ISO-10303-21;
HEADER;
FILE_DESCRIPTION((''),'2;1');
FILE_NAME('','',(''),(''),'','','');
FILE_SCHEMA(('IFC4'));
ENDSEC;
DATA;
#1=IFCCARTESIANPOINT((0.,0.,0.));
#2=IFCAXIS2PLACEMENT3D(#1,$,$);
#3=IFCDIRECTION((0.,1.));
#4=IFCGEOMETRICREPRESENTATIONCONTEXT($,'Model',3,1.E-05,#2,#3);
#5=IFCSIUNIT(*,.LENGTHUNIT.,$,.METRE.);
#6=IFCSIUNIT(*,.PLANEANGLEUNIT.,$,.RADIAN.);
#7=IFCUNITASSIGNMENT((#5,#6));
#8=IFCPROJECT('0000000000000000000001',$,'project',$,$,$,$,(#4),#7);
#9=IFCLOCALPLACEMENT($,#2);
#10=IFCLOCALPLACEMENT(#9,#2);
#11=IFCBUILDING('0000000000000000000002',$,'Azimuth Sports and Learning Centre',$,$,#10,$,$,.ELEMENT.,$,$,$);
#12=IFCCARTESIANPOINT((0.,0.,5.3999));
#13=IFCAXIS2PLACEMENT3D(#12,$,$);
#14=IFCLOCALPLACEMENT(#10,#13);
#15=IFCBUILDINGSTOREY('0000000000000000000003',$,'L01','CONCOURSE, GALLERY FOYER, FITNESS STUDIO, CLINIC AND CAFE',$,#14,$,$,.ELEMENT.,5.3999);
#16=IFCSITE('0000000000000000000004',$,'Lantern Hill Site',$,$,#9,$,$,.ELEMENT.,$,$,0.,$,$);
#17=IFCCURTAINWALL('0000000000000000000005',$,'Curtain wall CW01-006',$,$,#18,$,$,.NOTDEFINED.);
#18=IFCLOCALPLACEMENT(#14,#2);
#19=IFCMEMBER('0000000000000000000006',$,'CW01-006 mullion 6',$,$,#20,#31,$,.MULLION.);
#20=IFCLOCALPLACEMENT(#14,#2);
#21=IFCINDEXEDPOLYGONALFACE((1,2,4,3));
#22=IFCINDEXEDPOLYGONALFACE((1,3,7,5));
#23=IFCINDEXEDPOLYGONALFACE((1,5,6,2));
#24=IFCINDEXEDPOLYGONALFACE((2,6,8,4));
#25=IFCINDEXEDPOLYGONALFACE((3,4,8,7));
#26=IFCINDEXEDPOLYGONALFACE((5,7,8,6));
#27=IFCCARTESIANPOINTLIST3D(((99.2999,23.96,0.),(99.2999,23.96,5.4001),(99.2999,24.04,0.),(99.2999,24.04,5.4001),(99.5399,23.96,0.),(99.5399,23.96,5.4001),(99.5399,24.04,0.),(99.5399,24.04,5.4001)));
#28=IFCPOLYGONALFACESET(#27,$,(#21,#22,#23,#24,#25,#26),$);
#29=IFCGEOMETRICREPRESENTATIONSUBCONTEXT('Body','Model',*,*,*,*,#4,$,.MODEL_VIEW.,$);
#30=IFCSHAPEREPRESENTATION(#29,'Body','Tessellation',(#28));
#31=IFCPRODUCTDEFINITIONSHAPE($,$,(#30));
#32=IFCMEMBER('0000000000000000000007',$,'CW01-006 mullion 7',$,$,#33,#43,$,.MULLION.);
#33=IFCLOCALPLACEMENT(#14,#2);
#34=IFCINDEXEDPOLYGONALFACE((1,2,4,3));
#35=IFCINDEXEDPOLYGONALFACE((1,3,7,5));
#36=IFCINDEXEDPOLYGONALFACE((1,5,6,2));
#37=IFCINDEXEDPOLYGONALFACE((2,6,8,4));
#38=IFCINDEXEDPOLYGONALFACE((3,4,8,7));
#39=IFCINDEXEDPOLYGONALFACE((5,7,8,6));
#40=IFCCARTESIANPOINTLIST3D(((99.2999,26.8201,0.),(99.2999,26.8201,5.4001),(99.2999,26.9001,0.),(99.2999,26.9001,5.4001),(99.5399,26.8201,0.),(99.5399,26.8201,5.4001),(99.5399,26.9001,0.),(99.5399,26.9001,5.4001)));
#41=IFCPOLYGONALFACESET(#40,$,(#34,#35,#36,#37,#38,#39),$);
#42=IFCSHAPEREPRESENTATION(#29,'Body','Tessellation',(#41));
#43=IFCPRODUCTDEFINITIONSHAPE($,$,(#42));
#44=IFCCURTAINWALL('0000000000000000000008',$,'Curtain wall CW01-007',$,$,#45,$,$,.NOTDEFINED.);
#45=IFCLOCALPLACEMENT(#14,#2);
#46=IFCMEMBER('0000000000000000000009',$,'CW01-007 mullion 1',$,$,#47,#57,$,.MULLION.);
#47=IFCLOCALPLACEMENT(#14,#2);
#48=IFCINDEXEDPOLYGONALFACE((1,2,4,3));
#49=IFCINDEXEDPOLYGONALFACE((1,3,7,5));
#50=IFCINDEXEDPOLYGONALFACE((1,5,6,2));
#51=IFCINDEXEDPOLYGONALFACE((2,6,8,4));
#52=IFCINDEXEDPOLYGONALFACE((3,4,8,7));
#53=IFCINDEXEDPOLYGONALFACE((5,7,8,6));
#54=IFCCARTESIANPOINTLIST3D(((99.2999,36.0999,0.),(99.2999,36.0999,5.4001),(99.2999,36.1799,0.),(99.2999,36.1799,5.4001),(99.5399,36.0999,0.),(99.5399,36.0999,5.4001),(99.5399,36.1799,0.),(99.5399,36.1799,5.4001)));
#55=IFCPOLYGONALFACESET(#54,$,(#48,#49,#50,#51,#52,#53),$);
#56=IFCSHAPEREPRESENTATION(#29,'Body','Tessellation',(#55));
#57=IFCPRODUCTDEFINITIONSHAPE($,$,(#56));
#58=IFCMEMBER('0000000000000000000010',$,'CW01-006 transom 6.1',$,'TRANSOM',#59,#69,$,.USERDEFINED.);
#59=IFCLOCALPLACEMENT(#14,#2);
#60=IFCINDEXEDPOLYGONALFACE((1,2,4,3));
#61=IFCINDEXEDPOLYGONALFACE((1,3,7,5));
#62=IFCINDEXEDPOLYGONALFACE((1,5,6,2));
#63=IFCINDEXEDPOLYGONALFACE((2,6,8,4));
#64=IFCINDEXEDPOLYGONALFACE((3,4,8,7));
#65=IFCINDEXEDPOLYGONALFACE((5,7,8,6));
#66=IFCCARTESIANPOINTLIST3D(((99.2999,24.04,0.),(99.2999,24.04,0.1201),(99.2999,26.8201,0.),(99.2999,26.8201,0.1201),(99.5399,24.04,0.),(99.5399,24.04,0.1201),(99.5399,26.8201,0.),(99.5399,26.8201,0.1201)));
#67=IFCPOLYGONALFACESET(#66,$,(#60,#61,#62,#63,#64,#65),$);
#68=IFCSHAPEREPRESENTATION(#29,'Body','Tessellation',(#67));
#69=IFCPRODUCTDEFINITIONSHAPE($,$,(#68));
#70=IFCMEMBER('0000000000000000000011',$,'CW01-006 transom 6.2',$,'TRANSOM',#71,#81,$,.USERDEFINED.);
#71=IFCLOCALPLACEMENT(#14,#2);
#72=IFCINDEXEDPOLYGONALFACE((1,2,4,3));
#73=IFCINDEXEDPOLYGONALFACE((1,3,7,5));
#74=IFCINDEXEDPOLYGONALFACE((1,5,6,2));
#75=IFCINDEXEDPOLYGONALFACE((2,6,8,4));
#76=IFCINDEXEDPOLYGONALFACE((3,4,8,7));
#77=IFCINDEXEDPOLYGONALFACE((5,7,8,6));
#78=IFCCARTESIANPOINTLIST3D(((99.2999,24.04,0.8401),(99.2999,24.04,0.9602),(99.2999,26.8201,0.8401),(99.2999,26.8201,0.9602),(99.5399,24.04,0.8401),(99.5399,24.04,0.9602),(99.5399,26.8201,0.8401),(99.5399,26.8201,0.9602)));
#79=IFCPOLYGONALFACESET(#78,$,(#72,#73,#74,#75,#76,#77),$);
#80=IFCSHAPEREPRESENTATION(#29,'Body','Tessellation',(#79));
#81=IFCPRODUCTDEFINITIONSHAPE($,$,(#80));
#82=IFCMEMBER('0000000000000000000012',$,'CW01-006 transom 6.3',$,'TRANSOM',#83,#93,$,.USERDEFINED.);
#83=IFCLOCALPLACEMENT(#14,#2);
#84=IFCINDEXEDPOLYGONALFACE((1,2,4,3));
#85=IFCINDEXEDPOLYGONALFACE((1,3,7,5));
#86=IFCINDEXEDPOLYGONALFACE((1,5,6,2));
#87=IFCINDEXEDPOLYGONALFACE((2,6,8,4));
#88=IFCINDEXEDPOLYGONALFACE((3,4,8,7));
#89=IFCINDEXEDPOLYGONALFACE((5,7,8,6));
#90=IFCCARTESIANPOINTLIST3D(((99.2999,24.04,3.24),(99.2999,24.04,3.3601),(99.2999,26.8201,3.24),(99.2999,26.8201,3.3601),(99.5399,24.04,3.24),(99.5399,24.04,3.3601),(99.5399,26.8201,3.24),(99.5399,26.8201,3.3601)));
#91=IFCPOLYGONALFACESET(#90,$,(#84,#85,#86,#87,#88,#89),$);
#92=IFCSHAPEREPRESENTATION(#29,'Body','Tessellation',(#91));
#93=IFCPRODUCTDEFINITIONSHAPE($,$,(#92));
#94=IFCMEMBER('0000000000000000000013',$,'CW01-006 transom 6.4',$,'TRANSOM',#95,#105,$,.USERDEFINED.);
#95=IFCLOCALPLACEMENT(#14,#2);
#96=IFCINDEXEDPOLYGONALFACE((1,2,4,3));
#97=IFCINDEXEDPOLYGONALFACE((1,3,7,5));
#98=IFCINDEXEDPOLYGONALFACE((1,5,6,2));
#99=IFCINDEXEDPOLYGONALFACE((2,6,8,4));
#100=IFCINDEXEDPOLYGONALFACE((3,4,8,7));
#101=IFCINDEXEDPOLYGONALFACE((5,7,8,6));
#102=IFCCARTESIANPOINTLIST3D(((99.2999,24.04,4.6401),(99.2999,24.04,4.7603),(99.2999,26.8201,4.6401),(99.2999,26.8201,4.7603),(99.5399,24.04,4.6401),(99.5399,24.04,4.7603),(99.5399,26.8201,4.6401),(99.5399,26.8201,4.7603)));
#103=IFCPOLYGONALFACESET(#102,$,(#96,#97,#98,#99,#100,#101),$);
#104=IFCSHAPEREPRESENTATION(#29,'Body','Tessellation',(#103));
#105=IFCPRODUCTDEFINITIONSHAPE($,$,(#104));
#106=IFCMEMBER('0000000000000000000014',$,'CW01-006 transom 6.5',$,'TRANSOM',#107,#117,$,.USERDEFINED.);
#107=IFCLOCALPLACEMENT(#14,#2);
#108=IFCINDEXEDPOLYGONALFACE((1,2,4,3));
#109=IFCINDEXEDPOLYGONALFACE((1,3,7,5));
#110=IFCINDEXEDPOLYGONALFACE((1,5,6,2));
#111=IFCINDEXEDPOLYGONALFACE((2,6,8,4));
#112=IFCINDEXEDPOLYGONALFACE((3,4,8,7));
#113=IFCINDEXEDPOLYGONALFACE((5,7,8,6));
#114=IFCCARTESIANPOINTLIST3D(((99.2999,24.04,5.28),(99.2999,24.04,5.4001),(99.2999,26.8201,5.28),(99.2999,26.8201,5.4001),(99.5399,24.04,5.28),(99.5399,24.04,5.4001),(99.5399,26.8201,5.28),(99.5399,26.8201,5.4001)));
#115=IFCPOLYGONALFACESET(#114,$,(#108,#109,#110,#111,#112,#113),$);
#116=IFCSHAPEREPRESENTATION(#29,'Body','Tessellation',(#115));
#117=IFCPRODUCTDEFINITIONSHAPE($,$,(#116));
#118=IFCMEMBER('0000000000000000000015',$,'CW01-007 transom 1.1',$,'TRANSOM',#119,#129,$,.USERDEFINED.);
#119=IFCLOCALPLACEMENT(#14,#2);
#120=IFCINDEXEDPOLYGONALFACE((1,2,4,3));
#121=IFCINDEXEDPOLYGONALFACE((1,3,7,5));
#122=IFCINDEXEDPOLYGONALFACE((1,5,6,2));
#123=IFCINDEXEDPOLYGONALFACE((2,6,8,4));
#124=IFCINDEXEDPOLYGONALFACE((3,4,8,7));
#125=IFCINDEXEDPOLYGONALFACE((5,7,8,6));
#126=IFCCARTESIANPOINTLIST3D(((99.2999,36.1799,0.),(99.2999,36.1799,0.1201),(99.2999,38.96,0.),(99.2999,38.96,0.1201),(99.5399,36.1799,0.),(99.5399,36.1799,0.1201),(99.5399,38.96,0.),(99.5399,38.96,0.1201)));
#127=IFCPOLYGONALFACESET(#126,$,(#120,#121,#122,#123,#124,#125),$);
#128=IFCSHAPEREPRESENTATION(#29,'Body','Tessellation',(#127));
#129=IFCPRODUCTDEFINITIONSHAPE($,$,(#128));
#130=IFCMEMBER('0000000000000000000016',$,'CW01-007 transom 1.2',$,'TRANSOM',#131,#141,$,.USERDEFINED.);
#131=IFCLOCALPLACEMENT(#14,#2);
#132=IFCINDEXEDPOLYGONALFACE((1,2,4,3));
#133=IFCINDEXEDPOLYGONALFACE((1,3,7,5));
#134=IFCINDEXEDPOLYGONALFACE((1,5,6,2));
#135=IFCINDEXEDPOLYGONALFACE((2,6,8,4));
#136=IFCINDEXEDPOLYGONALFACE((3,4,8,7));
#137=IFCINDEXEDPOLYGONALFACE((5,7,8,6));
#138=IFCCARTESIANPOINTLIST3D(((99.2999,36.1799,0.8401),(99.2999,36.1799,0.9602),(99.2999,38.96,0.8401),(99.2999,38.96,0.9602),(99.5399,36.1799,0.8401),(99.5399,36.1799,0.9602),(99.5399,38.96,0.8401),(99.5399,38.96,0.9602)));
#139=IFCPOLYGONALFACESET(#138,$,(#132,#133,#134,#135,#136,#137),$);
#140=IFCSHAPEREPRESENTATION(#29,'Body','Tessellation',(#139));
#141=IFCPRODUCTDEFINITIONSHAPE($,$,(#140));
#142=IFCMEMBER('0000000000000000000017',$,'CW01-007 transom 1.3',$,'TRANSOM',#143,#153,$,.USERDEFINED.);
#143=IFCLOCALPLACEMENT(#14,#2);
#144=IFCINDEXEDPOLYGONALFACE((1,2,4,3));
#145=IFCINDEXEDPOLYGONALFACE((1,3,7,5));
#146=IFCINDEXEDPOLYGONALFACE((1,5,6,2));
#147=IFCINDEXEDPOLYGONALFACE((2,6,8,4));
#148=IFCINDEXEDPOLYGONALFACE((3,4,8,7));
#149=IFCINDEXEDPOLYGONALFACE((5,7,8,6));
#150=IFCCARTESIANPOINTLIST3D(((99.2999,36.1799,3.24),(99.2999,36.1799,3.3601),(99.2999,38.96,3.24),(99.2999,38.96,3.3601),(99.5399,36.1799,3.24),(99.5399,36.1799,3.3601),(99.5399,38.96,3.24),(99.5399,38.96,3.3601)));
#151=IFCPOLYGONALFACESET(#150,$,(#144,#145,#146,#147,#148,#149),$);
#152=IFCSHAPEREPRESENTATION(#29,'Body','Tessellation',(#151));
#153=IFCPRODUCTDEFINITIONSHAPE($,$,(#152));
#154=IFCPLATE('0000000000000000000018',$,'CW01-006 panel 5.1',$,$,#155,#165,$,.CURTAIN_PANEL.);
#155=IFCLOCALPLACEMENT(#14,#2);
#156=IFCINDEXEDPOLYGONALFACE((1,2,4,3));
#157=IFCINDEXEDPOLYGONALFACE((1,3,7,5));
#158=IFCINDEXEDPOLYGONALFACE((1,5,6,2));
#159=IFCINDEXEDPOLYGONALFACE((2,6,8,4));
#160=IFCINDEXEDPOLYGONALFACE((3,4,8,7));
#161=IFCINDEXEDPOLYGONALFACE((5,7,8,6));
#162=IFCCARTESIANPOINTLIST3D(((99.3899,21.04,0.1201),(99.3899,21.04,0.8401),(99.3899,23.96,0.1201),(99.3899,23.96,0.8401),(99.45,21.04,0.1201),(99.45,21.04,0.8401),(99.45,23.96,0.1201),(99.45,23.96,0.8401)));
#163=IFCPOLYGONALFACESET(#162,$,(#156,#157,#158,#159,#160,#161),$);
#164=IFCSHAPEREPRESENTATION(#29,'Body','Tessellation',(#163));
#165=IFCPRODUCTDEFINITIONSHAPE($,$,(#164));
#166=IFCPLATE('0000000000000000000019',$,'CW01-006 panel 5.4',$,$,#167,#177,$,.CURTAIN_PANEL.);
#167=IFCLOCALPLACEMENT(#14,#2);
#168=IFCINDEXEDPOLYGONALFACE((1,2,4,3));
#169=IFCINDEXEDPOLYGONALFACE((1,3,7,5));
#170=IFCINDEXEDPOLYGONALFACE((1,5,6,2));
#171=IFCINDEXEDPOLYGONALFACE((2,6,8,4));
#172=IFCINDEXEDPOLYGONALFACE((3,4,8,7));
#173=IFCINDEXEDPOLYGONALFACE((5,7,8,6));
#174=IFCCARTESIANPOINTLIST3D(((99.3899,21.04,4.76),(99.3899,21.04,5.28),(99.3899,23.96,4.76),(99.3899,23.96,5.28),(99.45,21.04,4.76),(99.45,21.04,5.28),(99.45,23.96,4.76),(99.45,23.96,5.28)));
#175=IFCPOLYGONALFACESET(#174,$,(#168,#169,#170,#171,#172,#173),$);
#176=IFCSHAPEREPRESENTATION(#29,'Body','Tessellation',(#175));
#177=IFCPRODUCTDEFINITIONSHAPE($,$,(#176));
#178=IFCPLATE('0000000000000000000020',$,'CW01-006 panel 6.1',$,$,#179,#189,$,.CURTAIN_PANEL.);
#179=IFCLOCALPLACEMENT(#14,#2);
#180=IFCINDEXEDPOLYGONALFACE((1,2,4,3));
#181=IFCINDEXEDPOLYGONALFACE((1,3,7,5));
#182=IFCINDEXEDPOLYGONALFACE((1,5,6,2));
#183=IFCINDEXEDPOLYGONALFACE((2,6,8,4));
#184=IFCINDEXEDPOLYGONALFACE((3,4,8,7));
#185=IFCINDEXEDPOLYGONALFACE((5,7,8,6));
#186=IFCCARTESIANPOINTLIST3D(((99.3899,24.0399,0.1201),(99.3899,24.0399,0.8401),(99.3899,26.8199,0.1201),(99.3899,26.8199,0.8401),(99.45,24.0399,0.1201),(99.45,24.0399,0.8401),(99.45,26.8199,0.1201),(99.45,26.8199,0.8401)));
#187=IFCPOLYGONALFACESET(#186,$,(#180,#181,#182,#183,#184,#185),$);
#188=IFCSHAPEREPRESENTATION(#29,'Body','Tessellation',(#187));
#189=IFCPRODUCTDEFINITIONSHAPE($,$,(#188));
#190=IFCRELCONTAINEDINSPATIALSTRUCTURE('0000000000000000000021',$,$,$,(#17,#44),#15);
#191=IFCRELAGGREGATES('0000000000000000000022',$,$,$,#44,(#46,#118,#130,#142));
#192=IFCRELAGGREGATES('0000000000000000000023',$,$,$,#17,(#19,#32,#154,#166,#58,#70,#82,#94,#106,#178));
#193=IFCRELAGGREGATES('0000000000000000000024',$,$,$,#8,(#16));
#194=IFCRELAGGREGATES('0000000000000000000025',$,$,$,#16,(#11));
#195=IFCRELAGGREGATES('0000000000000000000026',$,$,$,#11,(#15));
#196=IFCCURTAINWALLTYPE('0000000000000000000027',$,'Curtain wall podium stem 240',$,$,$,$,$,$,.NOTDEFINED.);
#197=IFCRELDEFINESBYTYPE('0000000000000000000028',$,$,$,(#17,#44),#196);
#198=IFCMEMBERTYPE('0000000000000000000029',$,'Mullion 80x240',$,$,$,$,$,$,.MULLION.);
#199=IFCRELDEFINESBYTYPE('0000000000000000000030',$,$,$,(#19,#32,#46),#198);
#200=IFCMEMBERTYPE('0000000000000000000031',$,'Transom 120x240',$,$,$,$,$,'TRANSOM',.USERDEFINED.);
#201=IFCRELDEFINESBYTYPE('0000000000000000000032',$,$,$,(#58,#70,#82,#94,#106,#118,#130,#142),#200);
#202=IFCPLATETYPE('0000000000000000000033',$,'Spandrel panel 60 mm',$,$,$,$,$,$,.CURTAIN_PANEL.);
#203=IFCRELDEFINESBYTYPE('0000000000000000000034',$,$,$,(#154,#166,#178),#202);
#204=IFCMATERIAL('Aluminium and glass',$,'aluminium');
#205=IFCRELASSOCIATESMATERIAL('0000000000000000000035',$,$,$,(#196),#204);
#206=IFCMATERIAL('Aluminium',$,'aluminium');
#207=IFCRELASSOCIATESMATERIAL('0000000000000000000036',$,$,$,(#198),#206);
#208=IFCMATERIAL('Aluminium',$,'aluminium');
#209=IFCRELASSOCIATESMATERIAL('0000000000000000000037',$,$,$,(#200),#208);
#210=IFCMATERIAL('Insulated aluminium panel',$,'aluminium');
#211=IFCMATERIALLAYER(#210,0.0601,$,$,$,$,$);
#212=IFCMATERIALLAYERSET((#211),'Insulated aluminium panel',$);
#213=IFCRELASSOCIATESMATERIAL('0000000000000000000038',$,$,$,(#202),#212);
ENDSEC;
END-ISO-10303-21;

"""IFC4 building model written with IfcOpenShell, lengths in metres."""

from ifc_helpers import new_model, si_unit, direction, frame, origin, origin_2d, place, context, subcontext, project, spatial, rectangle, extrude, material, layer, layer_set, material_profile, profile_set, type_object, element, aggregate, save


model = new_model("IFC4")

# Units and contexts
model_context = context("Model", 3, precision=1e-05, world=origin(), true_north=direction((0.0, 1.0)))
body_context = subcontext(model_context, "Body", "Model", "MODEL_VIEW")
ifc_project = project(units=[si_unit("LENGTHUNIT", "METRE"), si_unit("PLANEANGLEUNIT", "RADIAN")], contexts=[model_context])

# Site, building, storey
site_placement = place(None, origin())
site = spatial("IfcSite", under=ifc_project, at=site_placement, Name="Lantern Hill Site", CompositionType="ELEMENT", RefElevation=0.0)
building_placement = place(site_placement, origin())
building = spatial("IfcBuilding", under=site, at=building_placement, Name="Azimuth Sports and Learning Centre", CompositionType="ELEMENT")
storey_placement = place(building_placement, frame((0.0, 0.0, 5.3999)))
storey = spatial("IfcBuildingStorey", under=building, at=storey_placement, Name="L01", Description="CONCOURSE, GALLERY FOYER, FITNESS STUDIO, CLINIC AND CAFE", CompositionType="ELEMENT", Elevation=5.3999)

# Curtain wall, members
ifc_material_1 = material(Name="Aluminium and glass", Category="aluminium")
curtain_wall_type = type_object("IfcCurtainWallType", Name="Curtain wall podium stem 240", PredefinedType="NOTDEFINED", material=ifc_material_1)
curtain_wall_1_placement = place(storey_placement, origin())
curtain_wall_1 = element("IfcCurtainWall", 1, at=curtain_wall_1_placement, inside=storey, type_object=curtain_wall_type, Name="Curtain wall CW01-006", PredefinedType="NOTDEFINED")
ifc_material_2 = material(Name="Aluminium", Category="aluminium")
ifc_material_profile_1 = material_profile(ifc_material_2, rectangle(XDim=0.24, YDim=0.0801, at=origin_2d()), Name="Mullion 80x240")
ifc_profile_set_1 = profile_set([ifc_material_profile_1], Name="Aluminium")
member_type_1 = type_object("IfcMemberType", Name="Mullion 80x240", PredefinedType="MULLION", material=ifc_profile_set_1)
member_1_placement = place(storey_placement, frame((99.4199, 24.0, 0.0), z_axis=(0.0, 0.0, 1.0), x_axis=(-1.0, 0.0, 0.0)))
member_1 = element("IfcMember", 2, at=member_1_placement, type_object=member_type_1, Name="CW01-006 mullion 6", PredefinedType="MULLION", context=body_context, shape_type="SweptSolid", body=[
    extrude(rectangle(XDim=0.24, YDim=0.0801, at=origin_2d()), origin(), (0.0, 0.0, 1.0), 5.4001),
])
member_2_placement = place(storey_placement, frame((99.4199, 26.8601, 0.0), z_axis=(0.0, 0.0, 1.0), x_axis=(-1.0, 0.0, 0.0)))
member_2 = element("IfcMember", 3, at=member_2_placement, type_object=member_type_1, Name="CW01-006 mullion 7", PredefinedType="MULLION", context=body_context, shape_type="SweptSolid", body=[
    extrude(rectangle(XDim=0.24, YDim=0.0801, at=origin_2d()), origin(), (0.0, 0.0, 1.0), 5.4001),
])

# Curtain wall, member
curtain_wall_2_placement = place(storey_placement, origin())
curtain_wall_2 = element("IfcCurtainWall", 4, at=curtain_wall_2_placement, inside=storey, type_object=curtain_wall_type, Name="Curtain wall CW01-007", PredefinedType="NOTDEFINED")
member_3_placement = place(storey_placement, frame((99.4199, 36.1399, 0.0), z_axis=(0.0, 0.0, 1.0), x_axis=(-1.0, 0.0, 0.0)))
member_3 = element("IfcMember", 5, at=member_3_placement, type_object=member_type_1, Name="CW01-007 mullion 1", PredefinedType="MULLION", context=body_context, shape_type="SweptSolid", body=[
    extrude(rectangle(XDim=0.24, YDim=0.0801, at=origin_2d()), origin(), (0.0, 0.0, 1.0), 5.4001),
])

# Members
ifc_material_3 = material(Name="Aluminium", Category="aluminium")
ifc_material_profile_2 = material_profile(ifc_material_3, rectangle(XDim=0.24, YDim=0.1201, at=origin_2d()), Name="Transom 120x240")
ifc_profile_set_2 = profile_set([ifc_material_profile_2], Name="Aluminium")
member_type_2 = type_object("IfcMemberType", Name="Transom 120x240", ElementType="TRANSOM", PredefinedType="USERDEFINED", material=ifc_profile_set_2)
member_4_placement = place(storey_placement, frame((99.4199, 24.04, 0.0601), z_axis=(0.0, 1.0, 0.0), x_axis=(-1.0, 0.0, 0.0)))
member_4 = element("IfcMember", 6, at=member_4_placement, type_object=member_type_2, Name="CW01-006 transom 6.1", ObjectType="TRANSOM", PredefinedType="USERDEFINED", context=body_context, shape_type="SweptSolid", body=[
    extrude(rectangle(XDim=0.24, YDim=0.1201, at=origin_2d()), origin(), (0.0, 0.0, 1.0), 2.78),
])
member_5_placement = place(storey_placement, frame((99.4199, 24.04, 0.9001), z_axis=(0.0, 1.0, 0.0), x_axis=(-1.0, 0.0, 0.0)))
member_5 = element("IfcMember", 7, at=member_5_placement, type_object=member_type_2, Name="CW01-006 transom 6.2", ObjectType="TRANSOM", PredefinedType="USERDEFINED", context=body_context, shape_type="SweptSolid", body=[
    extrude(rectangle(XDim=0.24, YDim=0.1201, at=origin_2d()), origin(), (0.0, 0.0, 1.0), 2.78),
])
member_6_placement = place(storey_placement, frame((99.4199, 24.04, 3.3), z_axis=(0.0, 1.0, 0.0), x_axis=(-1.0, 0.0, 0.0)))
member_6 = element("IfcMember", 8, at=member_6_placement, type_object=member_type_2, Name="CW01-006 transom 6.3", ObjectType="TRANSOM", PredefinedType="USERDEFINED", context=body_context, shape_type="SweptSolid", body=[
    extrude(rectangle(XDim=0.24, YDim=0.1201, at=origin_2d()), origin(), (0.0, 0.0, 1.0), 2.78),
])
member_7_placement = place(storey_placement, frame((99.4199, 24.04, 4.7002), z_axis=(0.0, 1.0, 0.0), x_axis=(-1.0, 0.0, 0.0)))
member_7 = element("IfcMember", 9, at=member_7_placement, type_object=member_type_2, Name="CW01-006 transom 6.4", ObjectType="TRANSOM", PredefinedType="USERDEFINED", context=body_context, shape_type="SweptSolid", body=[
    extrude(rectangle(XDim=0.24, YDim=0.1201, at=origin_2d()), origin(), (0.0, 0.0, 1.0), 2.78),
])
member_8_placement = place(storey_placement, frame((99.4199, 24.04, 5.3401), z_axis=(0.0, 1.0, 0.0), x_axis=(-1.0, 0.0, 0.0)))
member_8 = element("IfcMember", 10, at=member_8_placement, type_object=member_type_2, Name="CW01-006 transom 6.5", ObjectType="TRANSOM", PredefinedType="USERDEFINED", context=body_context, shape_type="SweptSolid", body=[
    extrude(rectangle(XDim=0.24, YDim=0.1201, at=origin_2d()), origin(), (0.0, 0.0, 1.0), 2.78),
])
member_9_placement = place(storey_placement, frame((99.4199, 36.1799, 0.0601), z_axis=(0.0, 1.0, 0.0), x_axis=(-1.0, 0.0, 0.0)))
member_9 = element("IfcMember", 11, at=member_9_placement, type_object=member_type_2, Name="CW01-007 transom 1.1", ObjectType="TRANSOM", PredefinedType="USERDEFINED", context=body_context, shape_type="SweptSolid", body=[
    extrude(rectangle(XDim=0.24, YDim=0.1201, at=origin_2d()), origin(), (0.0, 0.0, 1.0), 2.78),
])
member_10_placement = place(storey_placement, frame((99.4199, 36.1799, 0.9001), z_axis=(0.0, 1.0, 0.0), x_axis=(-1.0, 0.0, 0.0)))
member_10 = element("IfcMember", 12, at=member_10_placement, type_object=member_type_2, Name="CW01-007 transom 1.2", ObjectType="TRANSOM", PredefinedType="USERDEFINED", context=body_context, shape_type="SweptSolid", body=[
    extrude(rectangle(XDim=0.24, YDim=0.1201, at=origin_2d()), origin(), (0.0, 0.0, 1.0), 2.78),
])
member_11_placement = place(storey_placement, frame((99.4199, 36.1799, 3.3), z_axis=(0.0, 1.0, 0.0), x_axis=(-1.0, 0.0, 0.0)))
member_11 = element("IfcMember", 13, at=member_11_placement, type_object=member_type_2, Name="CW01-007 transom 1.3", ObjectType="TRANSOM", PredefinedType="USERDEFINED", context=body_context, shape_type="SweptSolid", body=[
    extrude(rectangle(XDim=0.24, YDim=0.1201, at=origin_2d()), origin(), (0.0, 0.0, 1.0), 2.78),
])
aggregate(curtain_wall_2, [member_3, member_9, member_10, member_11])

# Plates
ifc_material_4 = material(Name="Insulated aluminium panel", Category="aluminium")
ifc_layer_1 = layer(ifc_material_4, 0.0601)
ifc_layer_set_1 = layer_set([ifc_layer_1], Name="Insulated aluminium panel")
plate_type_1 = type_object("IfcPlateType", Name="Spandrel panel 60 mm", PredefinedType="CURTAIN_PANEL", material=ifc_layer_set_1)
plate_1_placement = place(storey_placement, frame((99.4199, 22.5, 0.1201), z_axis=(0.0, 0.0, 1.0), x_axis=(0.0, 1.0, 0.0)))
plate_1 = element("IfcPlate", 14, at=plate_1_placement, type_object=plate_type_1, Name="CW01-006 panel 5.1", PredefinedType="CURTAIN_PANEL", context=body_context, shape_type="SweptSolid", body=[
    extrude(rectangle(XDim=2.9199, YDim=0.0601, at=origin_2d()), origin(), (0.0, 0.0, 1.0), 0.72),
])
plate_2_placement = place(storey_placement, frame((99.4199, 22.5, 4.76), z_axis=(0.0, 0.0, 1.0), x_axis=(0.0, 1.0, 0.0)))
plate_2 = element("IfcPlate", 15, at=plate_2_placement, type_object=plate_type_1, Name="CW01-006 panel 5.4", PredefinedType="CURTAIN_PANEL", context=body_context, shape_type="SweptSolid", body=[
    extrude(rectangle(XDim=2.9199, YDim=0.0601, at=origin_2d()), origin(), (0.0, 0.0, 1.0), 0.52),
])
plate_3_placement = place(storey_placement, frame((99.4199, 25.4299, 0.1201), z_axis=(0.0, 0.0, 1.0), x_axis=(0.0, 1.0, 0.0)))
plate_3 = element("IfcPlate", 16, at=plate_3_placement, type_object=plate_type_1, Name="CW01-006 panel 6.1", PredefinedType="CURTAIN_PANEL", context=body_context, shape_type="SweptSolid", body=[
    extrude(rectangle(XDim=2.78, YDim=0.0601, at=origin_2d()), origin(), (0.0, 0.0, 1.0), 0.72),
])
aggregate(curtain_wall_1, [member_1, member_2, plate_1, plate_2, member_4, member_5, member_6, member_7, member_8, plate_3])

save(model, "model.ifc")
